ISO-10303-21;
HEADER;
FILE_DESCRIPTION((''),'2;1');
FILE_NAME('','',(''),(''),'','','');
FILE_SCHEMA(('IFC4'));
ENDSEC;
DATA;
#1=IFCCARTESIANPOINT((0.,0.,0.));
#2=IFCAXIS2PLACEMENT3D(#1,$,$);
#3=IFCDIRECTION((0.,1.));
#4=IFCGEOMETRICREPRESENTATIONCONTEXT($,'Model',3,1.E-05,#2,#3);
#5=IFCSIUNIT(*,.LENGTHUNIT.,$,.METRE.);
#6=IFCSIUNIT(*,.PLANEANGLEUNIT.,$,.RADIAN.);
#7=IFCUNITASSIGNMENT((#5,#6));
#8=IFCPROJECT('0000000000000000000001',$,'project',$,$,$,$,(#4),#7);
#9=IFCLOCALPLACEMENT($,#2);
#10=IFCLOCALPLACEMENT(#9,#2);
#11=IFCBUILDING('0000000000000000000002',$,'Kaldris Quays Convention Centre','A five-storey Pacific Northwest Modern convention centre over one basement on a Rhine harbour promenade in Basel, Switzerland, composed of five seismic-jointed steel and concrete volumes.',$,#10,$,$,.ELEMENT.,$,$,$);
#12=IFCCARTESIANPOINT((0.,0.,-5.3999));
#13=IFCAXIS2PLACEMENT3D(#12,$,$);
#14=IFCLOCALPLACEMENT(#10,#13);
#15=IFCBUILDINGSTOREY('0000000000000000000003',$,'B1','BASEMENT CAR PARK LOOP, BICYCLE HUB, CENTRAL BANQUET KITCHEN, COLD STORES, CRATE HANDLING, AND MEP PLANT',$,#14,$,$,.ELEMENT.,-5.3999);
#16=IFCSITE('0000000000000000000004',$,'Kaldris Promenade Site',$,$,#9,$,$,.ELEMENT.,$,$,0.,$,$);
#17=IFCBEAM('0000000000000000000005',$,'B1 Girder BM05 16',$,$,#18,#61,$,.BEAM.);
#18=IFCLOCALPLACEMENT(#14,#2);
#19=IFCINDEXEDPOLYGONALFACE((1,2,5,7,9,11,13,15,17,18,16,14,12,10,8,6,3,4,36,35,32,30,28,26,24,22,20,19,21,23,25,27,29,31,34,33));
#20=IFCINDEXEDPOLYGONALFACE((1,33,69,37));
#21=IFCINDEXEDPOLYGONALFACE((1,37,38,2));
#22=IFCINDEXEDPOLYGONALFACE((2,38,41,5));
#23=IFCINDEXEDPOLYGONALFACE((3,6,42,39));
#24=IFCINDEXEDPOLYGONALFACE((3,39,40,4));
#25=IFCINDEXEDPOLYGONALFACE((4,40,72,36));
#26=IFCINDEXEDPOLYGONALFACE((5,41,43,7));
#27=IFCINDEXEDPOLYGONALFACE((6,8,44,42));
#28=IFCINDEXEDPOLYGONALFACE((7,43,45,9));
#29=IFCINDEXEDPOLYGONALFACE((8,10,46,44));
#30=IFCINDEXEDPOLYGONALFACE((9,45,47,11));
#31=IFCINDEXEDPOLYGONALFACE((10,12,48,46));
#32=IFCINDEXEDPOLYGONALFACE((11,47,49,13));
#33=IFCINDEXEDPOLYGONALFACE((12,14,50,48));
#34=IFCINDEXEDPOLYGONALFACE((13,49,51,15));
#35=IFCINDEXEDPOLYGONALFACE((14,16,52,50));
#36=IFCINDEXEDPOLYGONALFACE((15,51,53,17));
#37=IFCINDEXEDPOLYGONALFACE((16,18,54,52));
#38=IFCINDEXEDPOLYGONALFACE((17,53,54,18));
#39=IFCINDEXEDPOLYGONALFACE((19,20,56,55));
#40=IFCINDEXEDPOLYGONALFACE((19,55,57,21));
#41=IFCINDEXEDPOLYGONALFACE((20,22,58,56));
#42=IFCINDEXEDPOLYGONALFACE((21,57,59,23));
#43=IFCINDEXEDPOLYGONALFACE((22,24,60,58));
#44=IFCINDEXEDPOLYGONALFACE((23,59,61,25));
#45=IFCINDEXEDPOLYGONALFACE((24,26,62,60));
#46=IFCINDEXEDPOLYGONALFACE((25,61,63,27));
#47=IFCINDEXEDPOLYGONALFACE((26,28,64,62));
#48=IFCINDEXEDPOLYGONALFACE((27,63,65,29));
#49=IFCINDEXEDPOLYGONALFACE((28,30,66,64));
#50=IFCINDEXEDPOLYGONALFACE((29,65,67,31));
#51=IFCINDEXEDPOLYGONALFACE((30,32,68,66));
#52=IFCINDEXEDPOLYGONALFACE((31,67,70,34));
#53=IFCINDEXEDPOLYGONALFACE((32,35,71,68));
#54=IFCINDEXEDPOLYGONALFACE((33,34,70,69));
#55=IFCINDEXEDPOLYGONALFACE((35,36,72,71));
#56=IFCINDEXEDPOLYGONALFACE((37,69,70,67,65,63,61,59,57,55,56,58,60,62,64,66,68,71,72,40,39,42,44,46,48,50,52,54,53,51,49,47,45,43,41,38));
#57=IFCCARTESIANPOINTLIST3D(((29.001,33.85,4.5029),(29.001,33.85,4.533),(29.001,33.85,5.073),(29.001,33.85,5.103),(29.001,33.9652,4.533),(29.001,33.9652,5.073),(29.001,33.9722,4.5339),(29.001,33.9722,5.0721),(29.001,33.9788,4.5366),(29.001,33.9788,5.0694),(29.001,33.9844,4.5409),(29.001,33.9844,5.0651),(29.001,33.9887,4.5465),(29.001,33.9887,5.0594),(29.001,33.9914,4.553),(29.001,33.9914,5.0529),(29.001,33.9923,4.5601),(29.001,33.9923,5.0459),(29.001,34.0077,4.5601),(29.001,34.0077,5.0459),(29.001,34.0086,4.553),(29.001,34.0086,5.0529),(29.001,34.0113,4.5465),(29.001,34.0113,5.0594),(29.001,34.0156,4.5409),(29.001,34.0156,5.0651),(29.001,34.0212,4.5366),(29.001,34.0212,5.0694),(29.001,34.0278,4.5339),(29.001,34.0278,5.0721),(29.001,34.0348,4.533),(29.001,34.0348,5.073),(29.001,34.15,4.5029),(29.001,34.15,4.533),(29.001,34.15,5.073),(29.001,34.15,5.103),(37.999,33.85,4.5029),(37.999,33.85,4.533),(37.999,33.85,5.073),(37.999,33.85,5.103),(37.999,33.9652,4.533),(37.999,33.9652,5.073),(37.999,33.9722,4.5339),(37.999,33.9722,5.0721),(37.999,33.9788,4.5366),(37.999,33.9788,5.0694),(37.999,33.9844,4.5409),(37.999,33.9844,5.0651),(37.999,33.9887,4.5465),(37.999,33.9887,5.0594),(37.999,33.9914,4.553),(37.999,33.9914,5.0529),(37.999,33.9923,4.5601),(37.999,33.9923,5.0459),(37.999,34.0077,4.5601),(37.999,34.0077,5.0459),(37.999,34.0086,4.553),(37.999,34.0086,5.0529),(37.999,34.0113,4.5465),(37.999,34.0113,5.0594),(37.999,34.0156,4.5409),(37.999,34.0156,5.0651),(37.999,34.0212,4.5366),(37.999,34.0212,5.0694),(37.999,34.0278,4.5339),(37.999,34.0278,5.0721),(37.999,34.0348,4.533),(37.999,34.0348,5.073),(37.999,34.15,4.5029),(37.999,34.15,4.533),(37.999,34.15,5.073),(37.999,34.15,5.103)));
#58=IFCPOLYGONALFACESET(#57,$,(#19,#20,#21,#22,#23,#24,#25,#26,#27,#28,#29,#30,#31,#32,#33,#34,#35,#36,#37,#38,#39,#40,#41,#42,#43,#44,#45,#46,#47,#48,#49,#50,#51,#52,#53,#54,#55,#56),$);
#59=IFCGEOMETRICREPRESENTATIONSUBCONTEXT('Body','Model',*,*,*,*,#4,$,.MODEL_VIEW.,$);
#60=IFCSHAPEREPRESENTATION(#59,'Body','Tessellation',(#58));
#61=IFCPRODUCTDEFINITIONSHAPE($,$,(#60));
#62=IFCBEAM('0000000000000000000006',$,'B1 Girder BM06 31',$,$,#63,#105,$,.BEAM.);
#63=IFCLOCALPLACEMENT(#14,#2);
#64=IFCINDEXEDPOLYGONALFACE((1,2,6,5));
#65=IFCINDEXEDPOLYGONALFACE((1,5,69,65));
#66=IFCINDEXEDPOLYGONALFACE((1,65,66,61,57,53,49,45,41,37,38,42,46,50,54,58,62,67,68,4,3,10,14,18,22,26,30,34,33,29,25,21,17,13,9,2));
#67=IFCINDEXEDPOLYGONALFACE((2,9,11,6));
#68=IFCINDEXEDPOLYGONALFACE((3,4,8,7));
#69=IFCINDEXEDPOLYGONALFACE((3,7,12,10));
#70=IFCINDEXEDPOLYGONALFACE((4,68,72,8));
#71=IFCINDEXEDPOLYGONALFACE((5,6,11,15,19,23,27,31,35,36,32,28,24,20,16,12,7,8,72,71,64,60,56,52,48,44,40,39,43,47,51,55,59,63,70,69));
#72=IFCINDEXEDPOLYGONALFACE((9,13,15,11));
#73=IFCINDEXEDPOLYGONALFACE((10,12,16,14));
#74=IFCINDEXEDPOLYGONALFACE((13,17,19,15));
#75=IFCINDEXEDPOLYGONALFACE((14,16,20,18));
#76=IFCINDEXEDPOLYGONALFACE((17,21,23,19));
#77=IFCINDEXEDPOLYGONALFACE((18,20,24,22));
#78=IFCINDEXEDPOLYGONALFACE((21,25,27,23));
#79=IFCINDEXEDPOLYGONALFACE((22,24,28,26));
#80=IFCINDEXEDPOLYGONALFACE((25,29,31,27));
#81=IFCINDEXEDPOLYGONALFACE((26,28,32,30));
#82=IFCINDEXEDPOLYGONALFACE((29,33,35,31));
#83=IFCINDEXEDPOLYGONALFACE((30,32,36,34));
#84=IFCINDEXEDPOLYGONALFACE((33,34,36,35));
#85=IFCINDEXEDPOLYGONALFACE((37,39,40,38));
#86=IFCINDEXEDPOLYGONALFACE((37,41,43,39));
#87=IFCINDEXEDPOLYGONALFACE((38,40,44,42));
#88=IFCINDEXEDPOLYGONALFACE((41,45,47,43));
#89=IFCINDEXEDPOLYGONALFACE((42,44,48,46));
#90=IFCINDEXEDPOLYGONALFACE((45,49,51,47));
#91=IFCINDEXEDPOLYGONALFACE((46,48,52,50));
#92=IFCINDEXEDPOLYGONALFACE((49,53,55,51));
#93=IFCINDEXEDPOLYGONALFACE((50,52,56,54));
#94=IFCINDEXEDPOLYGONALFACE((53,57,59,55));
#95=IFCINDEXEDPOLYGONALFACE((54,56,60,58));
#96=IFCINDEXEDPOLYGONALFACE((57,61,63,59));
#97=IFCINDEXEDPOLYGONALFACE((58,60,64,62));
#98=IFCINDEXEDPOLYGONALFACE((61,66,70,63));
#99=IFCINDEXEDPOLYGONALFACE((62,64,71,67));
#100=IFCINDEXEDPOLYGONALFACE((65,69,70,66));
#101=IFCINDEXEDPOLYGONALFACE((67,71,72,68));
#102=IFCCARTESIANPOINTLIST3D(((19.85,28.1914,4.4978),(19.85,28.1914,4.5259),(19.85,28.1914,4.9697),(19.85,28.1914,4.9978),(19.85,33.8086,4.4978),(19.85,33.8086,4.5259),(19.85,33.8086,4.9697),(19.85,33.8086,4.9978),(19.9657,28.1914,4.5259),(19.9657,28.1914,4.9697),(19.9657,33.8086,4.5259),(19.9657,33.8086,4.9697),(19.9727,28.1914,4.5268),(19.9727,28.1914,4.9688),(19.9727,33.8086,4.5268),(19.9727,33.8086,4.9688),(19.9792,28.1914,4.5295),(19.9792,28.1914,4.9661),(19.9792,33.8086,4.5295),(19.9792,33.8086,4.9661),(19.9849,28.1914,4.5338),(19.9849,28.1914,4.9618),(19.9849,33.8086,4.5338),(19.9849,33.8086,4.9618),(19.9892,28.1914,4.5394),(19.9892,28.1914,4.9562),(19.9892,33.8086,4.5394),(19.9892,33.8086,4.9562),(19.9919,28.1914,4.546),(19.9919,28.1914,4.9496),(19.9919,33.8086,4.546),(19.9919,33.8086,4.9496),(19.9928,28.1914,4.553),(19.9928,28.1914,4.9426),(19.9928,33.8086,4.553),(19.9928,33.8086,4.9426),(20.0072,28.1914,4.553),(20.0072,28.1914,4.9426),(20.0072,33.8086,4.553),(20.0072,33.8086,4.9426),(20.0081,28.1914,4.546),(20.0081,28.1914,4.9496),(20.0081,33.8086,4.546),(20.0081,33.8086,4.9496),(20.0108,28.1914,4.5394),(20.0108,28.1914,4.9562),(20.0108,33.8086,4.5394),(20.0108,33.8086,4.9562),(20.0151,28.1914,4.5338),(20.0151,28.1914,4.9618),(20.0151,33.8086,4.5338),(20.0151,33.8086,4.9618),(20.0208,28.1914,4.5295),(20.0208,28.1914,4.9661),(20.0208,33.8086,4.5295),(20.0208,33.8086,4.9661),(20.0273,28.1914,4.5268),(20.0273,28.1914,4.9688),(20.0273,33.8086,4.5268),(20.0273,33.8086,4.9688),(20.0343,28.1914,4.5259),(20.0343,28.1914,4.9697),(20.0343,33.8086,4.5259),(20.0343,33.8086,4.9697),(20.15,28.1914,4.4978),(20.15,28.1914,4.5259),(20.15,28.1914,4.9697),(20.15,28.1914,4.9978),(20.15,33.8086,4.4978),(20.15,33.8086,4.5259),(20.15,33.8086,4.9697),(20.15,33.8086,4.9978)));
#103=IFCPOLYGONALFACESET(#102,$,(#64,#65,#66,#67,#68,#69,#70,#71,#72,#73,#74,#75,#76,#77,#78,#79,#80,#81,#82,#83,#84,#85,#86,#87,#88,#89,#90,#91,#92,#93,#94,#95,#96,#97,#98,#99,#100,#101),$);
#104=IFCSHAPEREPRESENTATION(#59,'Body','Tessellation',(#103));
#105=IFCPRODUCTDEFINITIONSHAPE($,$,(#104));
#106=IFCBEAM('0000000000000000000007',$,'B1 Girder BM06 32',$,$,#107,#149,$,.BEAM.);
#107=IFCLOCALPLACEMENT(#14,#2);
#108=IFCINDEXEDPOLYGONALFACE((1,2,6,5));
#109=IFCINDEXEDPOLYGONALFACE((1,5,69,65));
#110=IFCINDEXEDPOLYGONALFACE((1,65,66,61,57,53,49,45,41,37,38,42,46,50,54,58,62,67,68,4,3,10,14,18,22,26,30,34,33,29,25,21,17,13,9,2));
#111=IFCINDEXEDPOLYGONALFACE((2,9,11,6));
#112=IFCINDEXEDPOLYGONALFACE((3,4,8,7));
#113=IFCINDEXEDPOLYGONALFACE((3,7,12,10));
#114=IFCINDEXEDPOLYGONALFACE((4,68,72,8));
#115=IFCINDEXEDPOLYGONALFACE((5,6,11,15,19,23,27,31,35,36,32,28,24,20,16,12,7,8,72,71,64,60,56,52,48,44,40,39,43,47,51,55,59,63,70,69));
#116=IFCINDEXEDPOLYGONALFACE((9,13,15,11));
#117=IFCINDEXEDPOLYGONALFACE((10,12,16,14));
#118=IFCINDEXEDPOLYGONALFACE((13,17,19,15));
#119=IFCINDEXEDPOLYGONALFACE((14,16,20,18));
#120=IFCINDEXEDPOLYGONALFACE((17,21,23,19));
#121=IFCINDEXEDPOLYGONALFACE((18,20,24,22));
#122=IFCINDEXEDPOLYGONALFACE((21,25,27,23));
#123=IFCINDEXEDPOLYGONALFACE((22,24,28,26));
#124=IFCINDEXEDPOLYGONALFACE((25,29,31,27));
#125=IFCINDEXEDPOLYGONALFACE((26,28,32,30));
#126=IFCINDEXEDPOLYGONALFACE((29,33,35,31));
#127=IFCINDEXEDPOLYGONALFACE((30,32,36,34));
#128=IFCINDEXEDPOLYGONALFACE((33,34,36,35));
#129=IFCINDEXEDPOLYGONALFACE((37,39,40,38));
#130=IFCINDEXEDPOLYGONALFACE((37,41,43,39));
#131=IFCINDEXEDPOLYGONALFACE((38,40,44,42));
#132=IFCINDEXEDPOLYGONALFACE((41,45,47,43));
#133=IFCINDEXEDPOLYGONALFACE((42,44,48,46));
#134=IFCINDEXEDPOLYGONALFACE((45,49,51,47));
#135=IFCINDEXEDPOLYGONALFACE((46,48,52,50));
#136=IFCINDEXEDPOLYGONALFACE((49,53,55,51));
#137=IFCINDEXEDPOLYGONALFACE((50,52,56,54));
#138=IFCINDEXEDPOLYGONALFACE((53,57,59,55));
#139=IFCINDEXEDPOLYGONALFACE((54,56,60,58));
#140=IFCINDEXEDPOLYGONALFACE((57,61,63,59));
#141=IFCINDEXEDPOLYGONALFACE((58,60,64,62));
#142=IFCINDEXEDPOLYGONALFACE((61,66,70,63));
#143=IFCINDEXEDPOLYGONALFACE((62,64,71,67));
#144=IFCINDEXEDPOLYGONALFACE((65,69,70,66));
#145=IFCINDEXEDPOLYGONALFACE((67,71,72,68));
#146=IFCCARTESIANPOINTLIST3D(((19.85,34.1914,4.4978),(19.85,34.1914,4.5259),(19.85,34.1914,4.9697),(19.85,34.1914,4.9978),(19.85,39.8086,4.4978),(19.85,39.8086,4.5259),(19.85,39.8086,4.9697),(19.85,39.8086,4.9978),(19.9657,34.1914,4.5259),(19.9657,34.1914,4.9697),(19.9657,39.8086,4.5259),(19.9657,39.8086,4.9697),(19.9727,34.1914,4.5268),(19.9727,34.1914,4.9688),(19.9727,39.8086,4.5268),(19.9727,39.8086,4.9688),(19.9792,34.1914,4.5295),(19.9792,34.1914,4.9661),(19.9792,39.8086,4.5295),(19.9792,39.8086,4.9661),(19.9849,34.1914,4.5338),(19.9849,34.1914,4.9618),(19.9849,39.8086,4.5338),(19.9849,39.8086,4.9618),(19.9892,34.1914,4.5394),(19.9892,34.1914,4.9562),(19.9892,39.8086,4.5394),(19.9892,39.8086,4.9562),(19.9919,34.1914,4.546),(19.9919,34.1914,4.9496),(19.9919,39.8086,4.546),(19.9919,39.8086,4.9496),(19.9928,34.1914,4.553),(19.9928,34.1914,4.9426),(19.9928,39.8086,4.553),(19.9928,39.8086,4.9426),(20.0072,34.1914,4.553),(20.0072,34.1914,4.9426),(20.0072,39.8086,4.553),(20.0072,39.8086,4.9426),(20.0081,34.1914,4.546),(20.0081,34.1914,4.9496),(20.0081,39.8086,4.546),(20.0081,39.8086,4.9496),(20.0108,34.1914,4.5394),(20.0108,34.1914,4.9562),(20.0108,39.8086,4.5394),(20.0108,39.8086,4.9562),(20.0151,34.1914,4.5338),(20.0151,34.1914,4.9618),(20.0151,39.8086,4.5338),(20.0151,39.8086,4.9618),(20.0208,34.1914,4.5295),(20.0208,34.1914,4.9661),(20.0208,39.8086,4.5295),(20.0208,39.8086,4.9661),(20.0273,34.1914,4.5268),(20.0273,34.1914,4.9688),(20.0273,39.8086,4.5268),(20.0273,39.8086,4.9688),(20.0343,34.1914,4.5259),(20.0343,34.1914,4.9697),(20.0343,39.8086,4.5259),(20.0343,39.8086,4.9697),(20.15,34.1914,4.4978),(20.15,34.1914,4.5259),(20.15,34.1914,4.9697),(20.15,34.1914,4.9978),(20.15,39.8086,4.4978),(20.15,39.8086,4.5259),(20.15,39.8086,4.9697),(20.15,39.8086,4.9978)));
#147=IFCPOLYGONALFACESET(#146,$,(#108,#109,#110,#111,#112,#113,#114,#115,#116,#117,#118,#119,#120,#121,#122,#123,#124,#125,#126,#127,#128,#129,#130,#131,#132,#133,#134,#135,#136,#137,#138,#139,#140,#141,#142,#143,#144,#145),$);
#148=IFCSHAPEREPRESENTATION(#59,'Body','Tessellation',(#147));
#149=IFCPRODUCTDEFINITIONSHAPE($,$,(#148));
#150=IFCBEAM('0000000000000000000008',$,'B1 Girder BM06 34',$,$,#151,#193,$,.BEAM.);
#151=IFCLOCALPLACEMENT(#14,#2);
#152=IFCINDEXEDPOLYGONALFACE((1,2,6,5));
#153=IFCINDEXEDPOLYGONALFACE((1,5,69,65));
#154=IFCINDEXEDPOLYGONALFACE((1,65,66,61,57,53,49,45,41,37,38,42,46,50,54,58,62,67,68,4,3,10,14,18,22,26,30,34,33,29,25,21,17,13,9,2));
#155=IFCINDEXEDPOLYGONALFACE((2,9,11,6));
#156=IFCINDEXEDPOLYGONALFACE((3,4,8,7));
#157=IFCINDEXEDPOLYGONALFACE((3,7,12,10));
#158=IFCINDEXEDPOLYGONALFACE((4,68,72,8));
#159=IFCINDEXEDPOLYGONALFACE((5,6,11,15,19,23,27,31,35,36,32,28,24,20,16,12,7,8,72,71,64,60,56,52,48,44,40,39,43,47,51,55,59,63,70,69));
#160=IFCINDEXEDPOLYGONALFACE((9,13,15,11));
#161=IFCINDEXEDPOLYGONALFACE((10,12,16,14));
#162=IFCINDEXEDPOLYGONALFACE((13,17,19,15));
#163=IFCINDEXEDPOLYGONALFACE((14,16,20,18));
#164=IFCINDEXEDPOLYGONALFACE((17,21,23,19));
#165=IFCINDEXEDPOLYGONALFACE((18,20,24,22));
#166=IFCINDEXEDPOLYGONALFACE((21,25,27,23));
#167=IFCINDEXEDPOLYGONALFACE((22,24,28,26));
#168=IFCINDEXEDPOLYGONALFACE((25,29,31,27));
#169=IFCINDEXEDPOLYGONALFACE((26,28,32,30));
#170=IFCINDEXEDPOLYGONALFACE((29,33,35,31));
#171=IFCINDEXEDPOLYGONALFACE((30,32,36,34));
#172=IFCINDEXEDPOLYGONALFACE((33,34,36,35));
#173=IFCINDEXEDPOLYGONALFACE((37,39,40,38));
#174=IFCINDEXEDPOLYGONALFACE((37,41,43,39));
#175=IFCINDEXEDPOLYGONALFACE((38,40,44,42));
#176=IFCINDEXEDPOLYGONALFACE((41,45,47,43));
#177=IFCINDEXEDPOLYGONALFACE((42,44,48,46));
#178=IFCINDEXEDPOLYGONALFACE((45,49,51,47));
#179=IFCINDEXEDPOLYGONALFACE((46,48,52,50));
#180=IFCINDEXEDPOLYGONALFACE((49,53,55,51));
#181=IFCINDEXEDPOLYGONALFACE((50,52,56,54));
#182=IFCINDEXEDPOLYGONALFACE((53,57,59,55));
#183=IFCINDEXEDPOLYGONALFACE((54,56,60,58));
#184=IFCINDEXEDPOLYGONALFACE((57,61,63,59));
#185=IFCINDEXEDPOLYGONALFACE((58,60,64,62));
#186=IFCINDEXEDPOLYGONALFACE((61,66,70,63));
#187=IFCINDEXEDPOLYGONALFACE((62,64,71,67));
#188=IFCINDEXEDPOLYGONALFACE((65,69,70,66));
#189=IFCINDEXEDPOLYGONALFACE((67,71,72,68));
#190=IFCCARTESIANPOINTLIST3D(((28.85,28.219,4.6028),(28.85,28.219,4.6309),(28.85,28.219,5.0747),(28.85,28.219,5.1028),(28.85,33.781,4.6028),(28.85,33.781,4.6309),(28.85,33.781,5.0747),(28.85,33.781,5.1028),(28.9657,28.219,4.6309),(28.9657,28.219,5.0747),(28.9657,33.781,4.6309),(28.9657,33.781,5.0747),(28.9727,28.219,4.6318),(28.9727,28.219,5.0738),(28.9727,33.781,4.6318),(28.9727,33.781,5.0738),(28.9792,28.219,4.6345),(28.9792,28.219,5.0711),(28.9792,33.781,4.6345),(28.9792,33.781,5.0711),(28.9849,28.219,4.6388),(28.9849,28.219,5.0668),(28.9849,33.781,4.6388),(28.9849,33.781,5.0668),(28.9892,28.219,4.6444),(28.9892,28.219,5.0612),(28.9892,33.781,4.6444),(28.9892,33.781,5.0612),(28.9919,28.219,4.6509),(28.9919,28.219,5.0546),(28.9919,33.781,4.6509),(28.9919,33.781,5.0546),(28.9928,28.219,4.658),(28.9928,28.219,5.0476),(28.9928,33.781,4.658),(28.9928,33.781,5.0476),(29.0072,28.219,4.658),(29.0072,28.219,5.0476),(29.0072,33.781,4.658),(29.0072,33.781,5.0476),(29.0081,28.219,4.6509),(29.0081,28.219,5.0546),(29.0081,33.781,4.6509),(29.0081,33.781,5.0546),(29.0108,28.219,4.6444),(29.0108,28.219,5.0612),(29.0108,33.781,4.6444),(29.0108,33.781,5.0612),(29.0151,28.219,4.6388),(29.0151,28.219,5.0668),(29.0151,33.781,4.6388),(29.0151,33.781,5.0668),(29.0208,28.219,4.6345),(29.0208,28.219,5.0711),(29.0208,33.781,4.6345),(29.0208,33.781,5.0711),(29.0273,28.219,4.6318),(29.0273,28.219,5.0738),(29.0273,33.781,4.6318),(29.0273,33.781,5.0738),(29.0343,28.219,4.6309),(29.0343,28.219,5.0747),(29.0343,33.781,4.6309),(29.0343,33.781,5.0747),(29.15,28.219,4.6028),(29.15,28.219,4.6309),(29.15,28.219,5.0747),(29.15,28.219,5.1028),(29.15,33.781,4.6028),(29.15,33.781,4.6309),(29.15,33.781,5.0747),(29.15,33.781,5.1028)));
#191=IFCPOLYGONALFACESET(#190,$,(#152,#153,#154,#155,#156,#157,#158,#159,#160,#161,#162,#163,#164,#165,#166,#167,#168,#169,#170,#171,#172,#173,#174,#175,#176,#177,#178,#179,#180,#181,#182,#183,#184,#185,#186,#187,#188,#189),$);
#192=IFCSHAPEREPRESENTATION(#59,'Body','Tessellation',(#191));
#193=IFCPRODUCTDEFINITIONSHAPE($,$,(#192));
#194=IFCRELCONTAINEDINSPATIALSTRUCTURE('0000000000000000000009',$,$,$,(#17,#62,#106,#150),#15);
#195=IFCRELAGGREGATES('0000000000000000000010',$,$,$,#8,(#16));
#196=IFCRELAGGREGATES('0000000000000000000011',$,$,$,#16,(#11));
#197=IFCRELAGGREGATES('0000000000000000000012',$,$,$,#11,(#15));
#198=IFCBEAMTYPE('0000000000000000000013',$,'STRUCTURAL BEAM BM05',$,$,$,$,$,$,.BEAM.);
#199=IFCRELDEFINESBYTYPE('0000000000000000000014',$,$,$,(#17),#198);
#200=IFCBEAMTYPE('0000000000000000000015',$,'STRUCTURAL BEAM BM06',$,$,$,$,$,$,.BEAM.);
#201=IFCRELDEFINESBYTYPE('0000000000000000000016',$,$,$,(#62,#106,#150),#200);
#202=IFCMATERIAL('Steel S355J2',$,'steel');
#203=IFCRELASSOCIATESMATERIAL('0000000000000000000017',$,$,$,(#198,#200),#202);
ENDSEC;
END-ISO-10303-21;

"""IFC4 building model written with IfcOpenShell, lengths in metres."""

from ifc_helpers import new_model, si_unit, direction, frame, origin, origin_2d, place, context, subcontext, project, spatial, i_section, extrude, material, material_profile, profile_set, type_object, element, save


model = new_model("IFC4")

# Units and contexts
model_context = context("Model", 3, precision=1e-05, world=origin(), true_north=direction((0.0, 1.0)))
body_context = subcontext(model_context, "Body", "Model", "MODEL_VIEW")
ifc_project = project(units=[si_unit("LENGTHUNIT", "METRE"), si_unit("PLANEANGLEUNIT", "RADIAN")], contexts=[model_context])

# Site, building, storey
site_placement = place(None, origin())
site = spatial("IfcSite", under=ifc_project, at=site_placement, Name="Kaldris Promenade Site", CompositionType="ELEMENT", RefElevation=0.0)
building_placement = place(site_placement, origin())
building = spatial("IfcBuilding", under=site, at=building_placement, Name="Kaldris Quays Convention Centre", Description="A five-storey Pacific Northwest Modern convention centre over one basement on a Rhine harbour promenade in Basel, Switzerland, composed of five seismic-jointed steel and concrete volumes.", CompositionType="ELEMENT")
storey_placement = place(building_placement, frame((0.0, 0.0, -5.3999)))
storey = spatial("IfcBuildingStorey", under=building, at=storey_placement, Name="B1", Description="BASEMENT CAR PARK LOOP, BICYCLE HUB, CENTRAL BANQUET KITCHEN, COLD STORES, CRATE HANDLING, AND MEP PLANT", CompositionType="ELEMENT", Elevation=-5.3999)

# Shared definitions
ifc_material_1 = material(Name="Steel S355J2", Category="steel")

# Beams
ifc_material_profile_1 = material_profile(ifc_material_1, i_section(OverallWidth=0.3, OverallDepth=0.6001, WebThickness=0.0154, FlangeThickness=0.03, FilletRadius=0.0271, at=origin_2d()), Name="HEB 600")
ifc_profile_set_1 = profile_set([ifc_material_profile_1], Name="Steel S355J2")
beam_type_1 = type_object("IfcBeamType", Name="STRUCTURAL BEAM BM05", PredefinedType="BEAM", material=ifc_profile_set_1)
beam_1_placement = place(storey_placement, frame((29.001, 34.0, 4.803), z_axis=(1.0, 0.0, 0.0), x_axis=(0.0, 1.0, 0.0)))
element("IfcBeam", 1, at=beam_1_placement, inside=storey, type_object=beam_type_1, Name="B1 Girder BM05 16", PredefinedType="BEAM", context=body_context, shape_type="SweptSolid", body=[
    extrude(i_section(OverallWidth=0.3, OverallDepth=0.6001, WebThickness=0.0154, FlangeThickness=0.03, FilletRadius=0.0271, at=origin_2d()), origin(), (0.0, 0.0, 1.0), 8.998),
])
ifc_material_profile_2 = material_profile(ifc_material_1, i_section(OverallWidth=0.3, OverallDepth=0.5, WebThickness=0.0144, FlangeThickness=0.0281, FilletRadius=0.0271, at=origin_2d()), Name="HEB 500")
ifc_profile_set_2 = profile_set([ifc_material_profile_2], Name="Steel S355J2")
beam_type_2 = type_object("IfcBeamType", Name="STRUCTURAL BEAM BM06", PredefinedType="BEAM", material=ifc_profile_set_2)
for number, where, z_axis, x_axis, name in (
    (2, (20.0, 28.1914, 4.7478), (0.0, 1.0, 0.0), (-1.0, 0.0, 0.0), "B1 Girder BM06 31"),
    (3, (20.0, 34.1914, 4.7478), (0.0, 1.0, 0.0), (-1.0, 0.0, 0.0), "B1 Girder BM06 32"),
):
    element("IfcBeam", number, at=place(storey_placement, frame(where, z_axis=z_axis, x_axis=x_axis)), inside=storey, type_object=beam_type_2, Name=name, PredefinedType="BEAM", context=body_context, shape_type="SweptSolid", body=[
        extrude(i_section(OverallWidth=0.3, OverallDepth=0.5, WebThickness=0.0144, FlangeThickness=0.0281, FilletRadius=0.0271, at=origin_2d()), origin(), (0.0, 0.0, 1.0), 5.6172),
    ])
beam_2_placement = place(storey_placement, frame((29.0, 28.219, 4.8528), z_axis=(0.0, 1.0, 0.0), x_axis=(-1.0, 0.0, 0.0)))
element("IfcBeam", 4, at=beam_2_placement, inside=storey, type_object=beam_type_2, Name="B1 Girder BM06 34", PredefinedType="BEAM", context=body_context, shape_type="SweptSolid", body=[
    extrude(i_section(OverallWidth=0.3, OverallDepth=0.5, WebThickness=0.0144, FlangeThickness=0.0281, FilletRadius=0.0271, at=origin_2d()), origin(), (0.0, 0.0, 1.0), 5.562),
])

save(model, "model.ifc")
